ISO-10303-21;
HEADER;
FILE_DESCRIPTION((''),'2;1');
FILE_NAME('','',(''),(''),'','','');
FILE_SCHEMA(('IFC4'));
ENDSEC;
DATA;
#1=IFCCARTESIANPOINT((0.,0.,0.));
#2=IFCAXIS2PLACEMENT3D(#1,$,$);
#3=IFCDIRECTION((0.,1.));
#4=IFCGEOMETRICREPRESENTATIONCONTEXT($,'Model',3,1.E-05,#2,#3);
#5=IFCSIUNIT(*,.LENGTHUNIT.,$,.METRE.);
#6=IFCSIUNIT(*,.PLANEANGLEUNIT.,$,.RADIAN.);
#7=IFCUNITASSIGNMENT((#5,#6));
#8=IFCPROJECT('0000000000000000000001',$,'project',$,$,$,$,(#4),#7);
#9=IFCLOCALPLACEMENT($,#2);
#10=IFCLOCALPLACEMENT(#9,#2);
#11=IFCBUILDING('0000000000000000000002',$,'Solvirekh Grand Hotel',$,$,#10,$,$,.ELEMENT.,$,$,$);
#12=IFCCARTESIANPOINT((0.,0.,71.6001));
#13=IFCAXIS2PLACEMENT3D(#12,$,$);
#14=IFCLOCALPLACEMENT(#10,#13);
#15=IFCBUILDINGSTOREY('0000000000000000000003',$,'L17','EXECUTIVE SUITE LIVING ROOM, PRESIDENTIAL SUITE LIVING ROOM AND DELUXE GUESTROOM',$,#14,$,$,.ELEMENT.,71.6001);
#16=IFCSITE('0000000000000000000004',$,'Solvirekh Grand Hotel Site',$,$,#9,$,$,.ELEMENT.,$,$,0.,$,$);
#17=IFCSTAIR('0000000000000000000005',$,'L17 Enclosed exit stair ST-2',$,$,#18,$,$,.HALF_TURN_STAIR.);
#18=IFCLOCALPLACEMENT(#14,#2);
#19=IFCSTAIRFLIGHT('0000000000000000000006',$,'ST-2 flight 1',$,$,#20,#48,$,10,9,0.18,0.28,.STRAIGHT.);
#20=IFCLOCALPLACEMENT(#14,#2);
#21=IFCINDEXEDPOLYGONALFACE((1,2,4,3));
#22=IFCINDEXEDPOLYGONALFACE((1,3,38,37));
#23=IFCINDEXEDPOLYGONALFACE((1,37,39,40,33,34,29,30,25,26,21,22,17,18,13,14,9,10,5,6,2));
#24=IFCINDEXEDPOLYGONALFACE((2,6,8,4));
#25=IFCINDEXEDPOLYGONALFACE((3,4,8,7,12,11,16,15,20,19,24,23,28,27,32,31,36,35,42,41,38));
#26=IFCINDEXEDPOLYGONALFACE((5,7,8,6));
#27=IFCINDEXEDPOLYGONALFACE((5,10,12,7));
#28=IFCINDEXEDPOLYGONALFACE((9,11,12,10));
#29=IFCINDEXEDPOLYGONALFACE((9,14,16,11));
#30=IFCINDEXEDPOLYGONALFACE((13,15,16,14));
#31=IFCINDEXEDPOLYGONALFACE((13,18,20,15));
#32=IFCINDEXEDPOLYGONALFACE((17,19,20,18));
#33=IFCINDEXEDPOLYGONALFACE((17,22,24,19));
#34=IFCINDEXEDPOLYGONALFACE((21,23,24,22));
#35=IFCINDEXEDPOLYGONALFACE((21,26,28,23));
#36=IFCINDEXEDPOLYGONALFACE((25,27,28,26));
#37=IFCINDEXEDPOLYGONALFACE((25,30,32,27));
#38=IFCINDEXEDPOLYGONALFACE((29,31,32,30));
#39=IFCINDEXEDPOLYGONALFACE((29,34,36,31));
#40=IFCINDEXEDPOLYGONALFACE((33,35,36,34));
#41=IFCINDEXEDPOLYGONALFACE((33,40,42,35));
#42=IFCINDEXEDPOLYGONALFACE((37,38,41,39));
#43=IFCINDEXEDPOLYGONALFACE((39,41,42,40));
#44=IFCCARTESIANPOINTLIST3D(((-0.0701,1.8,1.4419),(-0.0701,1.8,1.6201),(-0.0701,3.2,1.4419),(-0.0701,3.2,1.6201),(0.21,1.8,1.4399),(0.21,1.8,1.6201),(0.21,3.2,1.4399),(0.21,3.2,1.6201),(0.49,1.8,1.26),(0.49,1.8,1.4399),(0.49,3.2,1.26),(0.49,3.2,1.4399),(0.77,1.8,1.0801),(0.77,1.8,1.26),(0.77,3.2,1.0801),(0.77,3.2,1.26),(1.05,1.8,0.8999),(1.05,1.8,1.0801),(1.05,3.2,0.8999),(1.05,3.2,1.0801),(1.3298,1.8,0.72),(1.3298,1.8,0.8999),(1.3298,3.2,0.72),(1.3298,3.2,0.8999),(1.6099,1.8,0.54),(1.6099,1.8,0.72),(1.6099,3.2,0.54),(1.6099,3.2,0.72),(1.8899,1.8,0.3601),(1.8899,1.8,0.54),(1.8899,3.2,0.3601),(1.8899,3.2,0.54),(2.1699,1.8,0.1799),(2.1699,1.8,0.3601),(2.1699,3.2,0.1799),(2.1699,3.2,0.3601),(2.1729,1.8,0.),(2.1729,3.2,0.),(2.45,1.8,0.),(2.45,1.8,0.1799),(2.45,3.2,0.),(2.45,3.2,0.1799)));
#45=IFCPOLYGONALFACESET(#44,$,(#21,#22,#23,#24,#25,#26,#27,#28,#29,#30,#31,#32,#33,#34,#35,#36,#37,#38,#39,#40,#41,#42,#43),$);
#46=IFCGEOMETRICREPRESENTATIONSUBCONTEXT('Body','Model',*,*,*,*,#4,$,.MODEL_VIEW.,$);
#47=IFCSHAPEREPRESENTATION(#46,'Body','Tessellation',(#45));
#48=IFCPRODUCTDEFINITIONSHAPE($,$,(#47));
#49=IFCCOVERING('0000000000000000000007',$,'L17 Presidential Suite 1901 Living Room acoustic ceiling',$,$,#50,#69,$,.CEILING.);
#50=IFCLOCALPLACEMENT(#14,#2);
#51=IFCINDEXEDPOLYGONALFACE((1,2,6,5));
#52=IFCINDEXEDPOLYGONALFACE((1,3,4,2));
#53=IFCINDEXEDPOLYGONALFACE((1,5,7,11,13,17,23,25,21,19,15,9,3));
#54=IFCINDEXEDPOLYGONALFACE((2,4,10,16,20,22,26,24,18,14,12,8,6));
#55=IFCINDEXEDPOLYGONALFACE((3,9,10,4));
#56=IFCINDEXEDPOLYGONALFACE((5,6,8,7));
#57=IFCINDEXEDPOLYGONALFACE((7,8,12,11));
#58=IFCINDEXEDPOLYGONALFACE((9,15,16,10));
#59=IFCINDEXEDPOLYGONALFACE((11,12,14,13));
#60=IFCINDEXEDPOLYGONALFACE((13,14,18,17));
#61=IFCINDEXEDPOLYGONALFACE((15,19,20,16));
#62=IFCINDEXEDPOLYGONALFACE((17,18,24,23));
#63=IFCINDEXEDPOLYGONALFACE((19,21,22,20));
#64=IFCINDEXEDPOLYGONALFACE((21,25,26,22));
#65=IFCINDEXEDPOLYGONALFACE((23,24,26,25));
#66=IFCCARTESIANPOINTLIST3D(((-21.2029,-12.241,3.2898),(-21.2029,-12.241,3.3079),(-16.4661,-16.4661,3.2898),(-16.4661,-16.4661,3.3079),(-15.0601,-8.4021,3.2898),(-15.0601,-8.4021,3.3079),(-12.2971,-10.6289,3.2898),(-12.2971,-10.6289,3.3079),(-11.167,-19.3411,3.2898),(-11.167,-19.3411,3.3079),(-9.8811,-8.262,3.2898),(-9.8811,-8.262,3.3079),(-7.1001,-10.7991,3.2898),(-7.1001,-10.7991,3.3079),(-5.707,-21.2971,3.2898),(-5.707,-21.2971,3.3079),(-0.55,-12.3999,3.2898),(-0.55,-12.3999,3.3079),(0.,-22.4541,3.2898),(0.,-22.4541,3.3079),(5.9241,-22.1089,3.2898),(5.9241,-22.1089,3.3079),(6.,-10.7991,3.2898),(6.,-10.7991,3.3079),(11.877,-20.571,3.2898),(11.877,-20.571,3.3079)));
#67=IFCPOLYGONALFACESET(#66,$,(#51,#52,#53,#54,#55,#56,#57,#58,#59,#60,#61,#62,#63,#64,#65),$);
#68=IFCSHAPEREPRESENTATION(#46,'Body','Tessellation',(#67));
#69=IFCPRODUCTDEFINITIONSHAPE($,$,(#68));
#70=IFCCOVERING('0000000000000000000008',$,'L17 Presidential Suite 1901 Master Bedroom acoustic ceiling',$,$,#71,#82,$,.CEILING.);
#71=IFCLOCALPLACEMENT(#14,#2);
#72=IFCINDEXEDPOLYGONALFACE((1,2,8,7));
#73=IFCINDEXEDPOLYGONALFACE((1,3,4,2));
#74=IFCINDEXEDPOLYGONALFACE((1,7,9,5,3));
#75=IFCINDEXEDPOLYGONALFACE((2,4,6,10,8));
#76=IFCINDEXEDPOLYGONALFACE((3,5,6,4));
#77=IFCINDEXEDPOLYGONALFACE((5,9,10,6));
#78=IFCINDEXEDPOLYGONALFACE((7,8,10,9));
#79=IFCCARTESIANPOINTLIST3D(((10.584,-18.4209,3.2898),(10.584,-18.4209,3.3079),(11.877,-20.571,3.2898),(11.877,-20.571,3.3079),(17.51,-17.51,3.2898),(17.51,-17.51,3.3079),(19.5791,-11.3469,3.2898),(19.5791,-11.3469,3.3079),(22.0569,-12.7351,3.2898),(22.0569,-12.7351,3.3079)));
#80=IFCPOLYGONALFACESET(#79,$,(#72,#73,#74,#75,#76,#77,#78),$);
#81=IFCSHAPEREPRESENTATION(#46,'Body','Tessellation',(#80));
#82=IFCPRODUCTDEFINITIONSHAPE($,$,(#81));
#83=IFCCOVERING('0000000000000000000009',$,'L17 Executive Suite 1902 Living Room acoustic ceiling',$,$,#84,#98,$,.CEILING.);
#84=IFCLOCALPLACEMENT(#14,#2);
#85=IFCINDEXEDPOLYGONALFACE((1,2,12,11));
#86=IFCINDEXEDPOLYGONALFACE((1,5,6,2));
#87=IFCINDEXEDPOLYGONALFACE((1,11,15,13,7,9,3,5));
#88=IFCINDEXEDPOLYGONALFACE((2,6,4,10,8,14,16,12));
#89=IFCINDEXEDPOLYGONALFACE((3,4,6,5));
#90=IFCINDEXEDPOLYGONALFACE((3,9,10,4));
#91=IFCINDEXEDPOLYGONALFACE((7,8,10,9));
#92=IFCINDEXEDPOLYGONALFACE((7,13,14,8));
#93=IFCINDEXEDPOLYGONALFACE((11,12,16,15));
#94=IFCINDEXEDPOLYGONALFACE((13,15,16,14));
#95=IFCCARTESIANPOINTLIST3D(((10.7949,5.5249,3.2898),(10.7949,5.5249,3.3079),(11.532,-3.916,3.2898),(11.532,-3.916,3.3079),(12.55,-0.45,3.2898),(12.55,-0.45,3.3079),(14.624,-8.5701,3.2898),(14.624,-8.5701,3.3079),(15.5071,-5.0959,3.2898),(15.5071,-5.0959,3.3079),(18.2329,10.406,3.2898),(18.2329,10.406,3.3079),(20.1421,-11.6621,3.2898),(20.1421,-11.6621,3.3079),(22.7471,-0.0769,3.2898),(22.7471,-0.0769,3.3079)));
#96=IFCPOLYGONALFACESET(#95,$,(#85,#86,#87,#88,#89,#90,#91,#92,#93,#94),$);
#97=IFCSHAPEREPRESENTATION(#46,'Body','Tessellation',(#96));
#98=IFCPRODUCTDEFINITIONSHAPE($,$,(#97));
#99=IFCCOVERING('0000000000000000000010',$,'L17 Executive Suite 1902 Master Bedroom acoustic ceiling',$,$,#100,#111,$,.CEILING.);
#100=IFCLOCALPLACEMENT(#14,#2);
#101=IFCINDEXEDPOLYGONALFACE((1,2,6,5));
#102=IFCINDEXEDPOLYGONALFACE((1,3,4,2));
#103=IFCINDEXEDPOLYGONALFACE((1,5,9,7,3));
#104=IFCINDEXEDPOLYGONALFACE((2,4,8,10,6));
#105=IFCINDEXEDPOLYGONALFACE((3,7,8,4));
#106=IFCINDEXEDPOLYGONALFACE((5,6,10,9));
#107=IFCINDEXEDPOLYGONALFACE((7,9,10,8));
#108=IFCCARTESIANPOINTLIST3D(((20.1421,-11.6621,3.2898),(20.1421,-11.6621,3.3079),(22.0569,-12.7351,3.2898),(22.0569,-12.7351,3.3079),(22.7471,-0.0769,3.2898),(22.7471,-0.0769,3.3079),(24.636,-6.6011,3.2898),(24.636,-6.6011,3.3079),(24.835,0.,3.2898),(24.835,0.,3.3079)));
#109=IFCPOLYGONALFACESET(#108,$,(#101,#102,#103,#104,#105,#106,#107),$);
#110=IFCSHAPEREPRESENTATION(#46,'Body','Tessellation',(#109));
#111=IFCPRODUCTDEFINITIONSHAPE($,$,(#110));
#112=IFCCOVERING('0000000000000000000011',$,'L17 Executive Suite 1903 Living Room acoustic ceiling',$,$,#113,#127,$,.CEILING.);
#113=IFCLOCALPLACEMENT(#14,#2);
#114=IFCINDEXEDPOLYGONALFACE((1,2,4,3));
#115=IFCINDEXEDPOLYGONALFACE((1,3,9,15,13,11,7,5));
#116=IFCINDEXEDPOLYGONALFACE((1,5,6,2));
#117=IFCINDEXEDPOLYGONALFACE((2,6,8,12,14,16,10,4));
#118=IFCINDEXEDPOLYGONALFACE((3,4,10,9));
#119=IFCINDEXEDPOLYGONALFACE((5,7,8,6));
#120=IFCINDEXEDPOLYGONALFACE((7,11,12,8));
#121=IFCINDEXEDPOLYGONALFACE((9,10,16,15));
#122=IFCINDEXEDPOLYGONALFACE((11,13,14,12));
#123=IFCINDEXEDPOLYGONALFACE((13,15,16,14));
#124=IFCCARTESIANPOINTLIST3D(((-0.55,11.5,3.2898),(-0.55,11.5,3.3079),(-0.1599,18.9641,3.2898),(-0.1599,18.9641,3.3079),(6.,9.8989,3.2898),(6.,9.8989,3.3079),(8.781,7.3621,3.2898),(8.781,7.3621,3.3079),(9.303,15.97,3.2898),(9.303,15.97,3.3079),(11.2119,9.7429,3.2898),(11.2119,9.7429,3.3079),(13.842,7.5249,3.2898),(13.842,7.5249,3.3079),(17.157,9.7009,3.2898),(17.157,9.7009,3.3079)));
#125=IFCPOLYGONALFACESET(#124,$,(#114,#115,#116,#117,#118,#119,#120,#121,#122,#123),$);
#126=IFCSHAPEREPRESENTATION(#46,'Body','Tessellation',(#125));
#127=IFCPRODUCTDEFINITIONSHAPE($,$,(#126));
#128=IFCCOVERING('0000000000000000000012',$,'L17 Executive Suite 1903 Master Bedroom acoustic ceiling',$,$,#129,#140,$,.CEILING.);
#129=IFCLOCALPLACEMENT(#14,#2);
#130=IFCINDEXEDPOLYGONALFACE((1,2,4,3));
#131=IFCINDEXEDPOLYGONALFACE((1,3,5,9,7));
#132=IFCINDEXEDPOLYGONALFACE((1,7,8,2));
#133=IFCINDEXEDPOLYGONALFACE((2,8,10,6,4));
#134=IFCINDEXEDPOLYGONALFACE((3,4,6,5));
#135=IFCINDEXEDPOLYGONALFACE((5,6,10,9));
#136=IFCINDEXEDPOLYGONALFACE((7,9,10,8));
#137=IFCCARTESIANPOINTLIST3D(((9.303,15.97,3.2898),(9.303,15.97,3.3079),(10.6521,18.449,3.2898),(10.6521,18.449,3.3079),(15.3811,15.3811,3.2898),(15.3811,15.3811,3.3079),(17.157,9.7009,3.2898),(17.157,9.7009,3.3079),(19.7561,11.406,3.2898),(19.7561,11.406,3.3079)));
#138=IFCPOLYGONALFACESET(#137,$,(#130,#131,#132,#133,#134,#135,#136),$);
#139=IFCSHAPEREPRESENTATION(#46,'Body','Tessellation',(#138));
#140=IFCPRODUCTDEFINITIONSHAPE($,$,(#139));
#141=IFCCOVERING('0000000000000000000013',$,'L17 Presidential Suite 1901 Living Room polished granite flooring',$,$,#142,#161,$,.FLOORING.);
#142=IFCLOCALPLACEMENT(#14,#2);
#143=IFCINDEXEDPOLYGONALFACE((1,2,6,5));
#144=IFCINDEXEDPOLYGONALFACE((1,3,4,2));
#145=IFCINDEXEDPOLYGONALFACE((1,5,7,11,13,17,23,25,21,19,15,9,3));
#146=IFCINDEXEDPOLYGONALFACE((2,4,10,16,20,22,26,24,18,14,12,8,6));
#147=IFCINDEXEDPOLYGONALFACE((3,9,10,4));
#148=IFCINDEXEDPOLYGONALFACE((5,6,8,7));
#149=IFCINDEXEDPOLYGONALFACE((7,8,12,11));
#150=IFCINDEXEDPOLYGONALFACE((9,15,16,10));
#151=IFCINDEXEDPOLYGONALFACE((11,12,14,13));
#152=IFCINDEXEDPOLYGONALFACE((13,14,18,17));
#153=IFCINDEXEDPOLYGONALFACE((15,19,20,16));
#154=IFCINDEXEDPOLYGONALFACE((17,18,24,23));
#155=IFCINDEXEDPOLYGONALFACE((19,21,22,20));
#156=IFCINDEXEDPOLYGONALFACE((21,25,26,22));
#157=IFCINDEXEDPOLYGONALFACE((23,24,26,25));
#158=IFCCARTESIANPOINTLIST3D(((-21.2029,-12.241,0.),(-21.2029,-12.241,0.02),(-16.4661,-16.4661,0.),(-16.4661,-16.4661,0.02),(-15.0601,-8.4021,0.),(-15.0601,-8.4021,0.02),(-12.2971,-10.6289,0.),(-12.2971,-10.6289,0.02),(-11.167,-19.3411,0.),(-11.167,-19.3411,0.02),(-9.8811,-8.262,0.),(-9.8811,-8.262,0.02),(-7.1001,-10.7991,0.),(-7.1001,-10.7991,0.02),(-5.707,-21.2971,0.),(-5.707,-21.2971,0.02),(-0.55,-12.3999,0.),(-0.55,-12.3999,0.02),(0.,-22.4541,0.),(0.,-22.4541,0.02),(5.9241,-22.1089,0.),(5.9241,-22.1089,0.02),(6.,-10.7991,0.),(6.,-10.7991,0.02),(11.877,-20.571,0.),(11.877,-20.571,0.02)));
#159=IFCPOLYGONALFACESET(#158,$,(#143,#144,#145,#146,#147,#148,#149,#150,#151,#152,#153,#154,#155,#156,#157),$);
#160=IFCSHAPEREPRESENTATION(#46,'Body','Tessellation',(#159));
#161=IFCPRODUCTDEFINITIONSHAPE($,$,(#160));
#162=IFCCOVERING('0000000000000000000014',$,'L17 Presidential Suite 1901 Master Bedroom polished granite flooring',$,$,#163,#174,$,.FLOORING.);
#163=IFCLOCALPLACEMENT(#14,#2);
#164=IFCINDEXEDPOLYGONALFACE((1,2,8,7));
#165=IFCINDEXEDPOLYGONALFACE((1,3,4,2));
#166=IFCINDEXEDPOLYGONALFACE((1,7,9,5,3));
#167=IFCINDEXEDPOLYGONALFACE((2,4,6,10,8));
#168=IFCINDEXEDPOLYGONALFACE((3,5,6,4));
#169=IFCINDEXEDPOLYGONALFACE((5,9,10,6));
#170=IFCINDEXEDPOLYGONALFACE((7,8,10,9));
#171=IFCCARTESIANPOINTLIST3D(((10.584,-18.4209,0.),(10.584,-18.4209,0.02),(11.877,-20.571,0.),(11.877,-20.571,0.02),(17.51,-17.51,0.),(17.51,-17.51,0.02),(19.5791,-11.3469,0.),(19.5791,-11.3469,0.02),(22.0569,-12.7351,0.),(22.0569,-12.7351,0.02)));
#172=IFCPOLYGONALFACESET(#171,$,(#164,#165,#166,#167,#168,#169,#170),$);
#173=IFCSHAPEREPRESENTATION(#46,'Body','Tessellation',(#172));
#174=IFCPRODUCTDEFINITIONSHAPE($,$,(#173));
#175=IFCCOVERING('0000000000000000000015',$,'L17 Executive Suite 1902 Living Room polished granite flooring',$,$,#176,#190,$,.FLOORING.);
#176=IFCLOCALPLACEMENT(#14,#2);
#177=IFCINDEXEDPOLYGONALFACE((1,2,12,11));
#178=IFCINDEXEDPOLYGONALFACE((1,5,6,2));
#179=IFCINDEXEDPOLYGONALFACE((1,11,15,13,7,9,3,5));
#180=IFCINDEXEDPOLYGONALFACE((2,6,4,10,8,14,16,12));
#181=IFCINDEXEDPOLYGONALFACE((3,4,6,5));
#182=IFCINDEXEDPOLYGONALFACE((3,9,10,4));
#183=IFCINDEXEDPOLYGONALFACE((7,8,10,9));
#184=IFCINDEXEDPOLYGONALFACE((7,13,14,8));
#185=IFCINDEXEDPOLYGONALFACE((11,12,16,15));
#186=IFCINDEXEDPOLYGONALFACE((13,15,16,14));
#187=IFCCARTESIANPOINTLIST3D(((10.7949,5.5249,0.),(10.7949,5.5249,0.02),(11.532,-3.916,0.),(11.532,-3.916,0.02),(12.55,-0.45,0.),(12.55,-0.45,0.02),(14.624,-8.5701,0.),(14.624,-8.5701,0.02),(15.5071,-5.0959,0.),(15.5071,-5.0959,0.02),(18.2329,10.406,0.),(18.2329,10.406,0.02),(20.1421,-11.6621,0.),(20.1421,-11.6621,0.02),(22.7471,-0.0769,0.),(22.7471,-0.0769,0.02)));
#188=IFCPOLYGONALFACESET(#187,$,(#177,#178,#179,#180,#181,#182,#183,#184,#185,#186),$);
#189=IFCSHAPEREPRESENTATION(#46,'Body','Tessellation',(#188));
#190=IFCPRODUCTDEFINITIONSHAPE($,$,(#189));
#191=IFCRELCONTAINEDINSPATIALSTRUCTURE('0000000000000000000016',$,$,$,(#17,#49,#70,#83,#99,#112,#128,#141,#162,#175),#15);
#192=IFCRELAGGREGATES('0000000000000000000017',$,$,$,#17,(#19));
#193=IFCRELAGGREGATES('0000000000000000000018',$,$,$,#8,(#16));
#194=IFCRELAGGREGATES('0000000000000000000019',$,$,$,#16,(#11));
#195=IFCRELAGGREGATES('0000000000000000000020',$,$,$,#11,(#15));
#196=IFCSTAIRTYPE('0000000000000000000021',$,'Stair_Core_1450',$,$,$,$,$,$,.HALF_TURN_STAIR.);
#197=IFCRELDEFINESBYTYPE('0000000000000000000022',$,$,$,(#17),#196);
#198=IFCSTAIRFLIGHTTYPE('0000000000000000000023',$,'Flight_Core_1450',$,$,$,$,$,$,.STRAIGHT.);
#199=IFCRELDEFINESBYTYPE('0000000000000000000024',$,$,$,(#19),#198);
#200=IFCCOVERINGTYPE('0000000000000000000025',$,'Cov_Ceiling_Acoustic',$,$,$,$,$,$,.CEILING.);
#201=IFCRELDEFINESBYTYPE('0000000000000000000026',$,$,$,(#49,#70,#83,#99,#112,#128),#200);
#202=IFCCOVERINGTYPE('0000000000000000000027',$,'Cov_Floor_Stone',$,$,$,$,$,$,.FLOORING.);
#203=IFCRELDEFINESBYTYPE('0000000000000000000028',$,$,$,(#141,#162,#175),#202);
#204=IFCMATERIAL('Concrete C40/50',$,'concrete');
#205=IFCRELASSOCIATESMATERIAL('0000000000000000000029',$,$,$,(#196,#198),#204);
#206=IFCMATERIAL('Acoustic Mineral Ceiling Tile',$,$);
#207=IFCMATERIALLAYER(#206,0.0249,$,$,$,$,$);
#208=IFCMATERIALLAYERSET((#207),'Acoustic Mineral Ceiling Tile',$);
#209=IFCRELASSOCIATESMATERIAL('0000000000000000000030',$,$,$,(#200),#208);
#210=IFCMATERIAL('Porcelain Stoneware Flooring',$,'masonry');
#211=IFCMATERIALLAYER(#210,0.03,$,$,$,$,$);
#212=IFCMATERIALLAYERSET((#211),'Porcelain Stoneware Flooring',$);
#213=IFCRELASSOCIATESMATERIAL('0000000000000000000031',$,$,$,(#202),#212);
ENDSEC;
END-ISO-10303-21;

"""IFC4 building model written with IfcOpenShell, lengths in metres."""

from ifc_helpers import new_model, si_unit, direction, frame, origin, place, context, subcontext, project, spatial, polyline, outline, extrude, material, layer, layer_set, type_object, element, aggregate, save


model = new_model("IFC4")

# Units and contexts
model_context = context("Model", 3, precision=1e-05, world=origin(), true_north=direction((0.0, 1.0)))
body_context = subcontext(model_context, "Body", "Model", "MODEL_VIEW")
ifc_project = project(units=[si_unit("LENGTHUNIT", "METRE"), si_unit("PLANEANGLEUNIT", "RADIAN")], contexts=[model_context])

# Site, building, storey
site_placement = place(None, origin())
site = spatial("IfcSite", under=ifc_project, at=site_placement, Name="Solvirekh Grand Hotel Site", CompositionType="ELEMENT", RefElevation=0.0)
building_placement = place(site_placement, origin())
building = spatial("IfcBuilding", under=site, at=building_placement, Name="Solvirekh Grand Hotel", CompositionType="ELEMENT")
storey_placement = place(building_placement, frame((0.0, 0.0, 71.6001)))
storey = spatial("IfcBuildingStorey", under=building, at=storey_placement, Name="L17", Description="EXECUTIVE SUITE LIVING ROOM, PRESIDENTIAL SUITE LIVING ROOM AND DELUXE GUESTROOM", CompositionType="ELEMENT", Elevation=71.6001)

# Stair
ifc_material_1 = material(Name="Concrete C40/50", Category="concrete")
stair_type = type_object("IfcStairType", Name="Stair_Core_1450", PredefinedType="HALF_TURN_STAIR", material=ifc_material_1)
stair_placement = place(storey_placement, origin())
stair = element("IfcStair", 1, at=stair_placement, inside=storey, type_object=stair_type, Name="L17 Enclosed exit stair ST-2", PredefinedType="HALF_TURN_STAIR")

# Stair flight
stair_flight_type = type_object("IfcStairFlightType", Name="Flight_Core_1450", PredefinedType="STRAIGHT", material=ifc_material_1)
stair_flight_placement = place(storey_placement, frame((2.45, 2.5, 0.0), z_axis=(0.0, 0.0, 1.0), x_axis=(-1.0, 0.0, 0.0)))
stair_flight = element("IfcStairFlight", 2, at=stair_flight_placement, type_object=stair_flight_type, Name="ST-2 flight 1", NumberOfRisers=10, NumberOfTreads=9, PredefinedType="STRAIGHT", RiserHeight=0.18, TreadLength=0.28, context=body_context, shape_type="SweptSolid", body=[
    extrude(outline(polyline([(0.0, 0.0), (0.0, 0.1799), (0.28, 0.1799), (0.28, 0.3601), (0.5601, 0.3601), (0.5601, 0.54), (0.8401, 0.54), (0.8401, 0.72), (1.1201, 0.72), (1.1201, 0.8999), (1.3999, 0.8999), (1.3999, 1.0801), (1.6799, 1.0801), (1.6799, 1.26), (1.96, 1.26), (1.96, 1.4399), (2.24, 1.4399), (2.24, 1.6201), (2.52, 1.6201), (2.52, 1.8), (2.52, 1.4419), (0.2771, 0.0), (0.0, 0.0)])), frame((0.0, 0.7, 0.0), z_axis=(0.0, -1.0, 0.0), x_axis=(1.0, 0.0, 0.0)), (0.0, 0.0, 1.0), 1.3999),
])
aggregate(stair, [stair_flight])

# Coverings
ifc_material_2 = material(Name="Acoustic Mineral Ceiling Tile")
ifc_layer_1 = layer(ifc_material_2, 0.0249)
ifc_layer_set_1 = layer_set([ifc_layer_1], Name="Acoustic Mineral Ceiling Tile")
covering_type_1 = type_object("IfcCoveringType", Name="Cov_Ceiling_Acoustic", PredefinedType="CEILING", material=ifc_layer_set_1)
covering_1_placement = place(storey_placement, frame((0.0, 0.0, 3.2898)))
element("IfcCovering", 3, at=covering_1_placement, inside=storey, type_object=covering_type_1, Name="L17 Presidential Suite 1901 Living Room acoustic ceiling", PredefinedType="CEILING", context=body_context, shape_type="SweptSolid", body=[
    extrude(outline(polyline([(-12.2971, -10.6289), (-15.0601, -8.4021), (-21.2029, -12.241), (-16.4661, -16.4661), (-11.167, -19.3411), (-5.707, -21.2971), (0.0, -22.4541), (5.9241, -22.1089), (11.877, -20.571), (6.0, -10.7991), (-0.55, -12.3999), (-7.1001, -10.7991), (-9.8811, -8.262), (-12.2971, -10.6289)])), origin(), (0.0, 0.0, 1.0), 0.0181),
])
covering_2_placement = place(storey_placement, frame((0.0, 0.0, 3.2898)))
element("IfcCovering", 4, at=covering_2_placement, inside=storey, type_object=covering_type_1, Name="L17 Presidential Suite 1901 Master Bedroom acoustic ceiling", PredefinedType="CEILING", context=body_context, shape_type="SweptSolid", body=[
    extrude(outline(polyline([(11.877, -20.571), (17.51, -17.51), (22.0569, -12.7351), (19.5791, -11.3469), (10.584, -18.4209), (11.877, -20.571)])), origin(), (0.0, 0.0, 1.0), 0.0181),
])
covering_3_placement = place(storey_placement, frame((0.0, 0.0, 3.2898)))
element("IfcCovering", 5, at=covering_3_placement, inside=storey, type_object=covering_type_1, Name="L17 Executive Suite 1902 Living Room acoustic ceiling", PredefinedType="CEILING", context=body_context, shape_type="SweptSolid", body=[
    extrude(outline(polyline([(15.5071, -5.0959), (14.624, -8.5701), (20.1421, -11.6621), (22.7471, -0.0769), (18.2329, 10.406), (10.7949, 5.5249), (12.55, -0.45), (11.532, -3.916), (15.5071, -5.0959)])), origin(), (0.0, 0.0, 1.0), 0.0181),
])
covering_4_placement = place(storey_placement, frame((0.0, 0.0, 3.2898)))
element("IfcCovering", 6, at=covering_4_placement, inside=storey, type_object=covering_type_1, Name="L17 Executive Suite 1902 Master Bedroom acoustic ceiling", PredefinedType="CEILING", context=body_context, shape_type="SweptSolid", body=[
    extrude(outline(polyline([(22.0569, -12.7351), (24.636, -6.6011), (24.835, 0.0), (22.7471, -0.0769), (20.1421, -11.6621), (22.0569, -12.7351)])), origin(), (0.0, 0.0, 1.0), 0.0181),
])
covering_5_placement = place(storey_placement, frame((0.0, 0.0, 3.2898)))
element("IfcCovering", 7, at=covering_5_placement, inside=storey, type_object=covering_type_1, Name="L17 Executive Suite 1903 Living Room acoustic ceiling", PredefinedType="CEILING", context=body_context, shape_type="SweptSolid", body=[
    extrude(outline(polyline([(11.2119, 9.7429), (13.842, 7.5249), (17.157, 9.7009), (9.303, 15.97), (-0.1599, 18.9641), (-0.55, 11.5), (6.0, 9.8989), (8.781, 7.3621), (11.2119, 9.7429)])), origin(), (0.0, 0.0, 1.0), 0.0181),
])
covering_6_placement = place(storey_placement, frame((0.0, 0.0, 3.2898)))
element("IfcCovering", 8, at=covering_6_placement, inside=storey, type_object=covering_type_1, Name="L17 Executive Suite 1903 Master Bedroom acoustic ceiling", PredefinedType="CEILING", context=body_context, shape_type="SweptSolid", body=[
    extrude(outline(polyline([(19.7561, 11.406), (15.3811, 15.3811), (10.6521, 18.449), (9.303, 15.97), (17.157, 9.7009), (19.7561, 11.406)])), origin(), (0.0, 0.0, 1.0), 0.0181),
])
ifc_material_3 = material(Name="Porcelain Stoneware Flooring", Category="masonry")
ifc_layer_2 = layer(ifc_material_3, 0.03)
ifc_layer_set_2 = layer_set([ifc_layer_2], Name="Porcelain Stoneware Flooring")
covering_type_2 = type_object("IfcCoveringType", Name="Cov_Floor_Stone", PredefinedType="FLOORING", material=ifc_layer_set_2)
covering_7_placement = place(storey_placement, origin())
element("IfcCovering", 9, at=covering_7_placement, inside=storey, type_object=covering_type_2, Name="L17 Presidential Suite 1901 Living Room polished granite flooring", PredefinedType="FLOORING", context=body_context, shape_type="SweptSolid", body=[
    extrude(outline(polyline([(-12.2971, -10.6289), (-15.0601, -8.4021), (-21.2029, -12.241), (-16.4661, -16.4661), (-11.167, -19.3411), (-5.707, -21.2971), (0.0, -22.4541), (5.9241, -22.1089), (11.877, -20.571), (6.0, -10.7991), (-0.55, -12.3999), (-7.1001, -10.7991), (-9.8811, -8.262), (-12.2971, -10.6289)])), origin(), (0.0, 0.0, 1.0), 0.02),
])
covering_8_placement = place(storey_placement, origin())
element("IfcCovering", 10, at=covering_8_placement, inside=storey, type_object=covering_type_2, Name="L17 Presidential Suite 1901 Master Bedroom polished granite flooring", PredefinedType="FLOORING", context=body_context, shape_type="SweptSolid", body=[
    extrude(outline(polyline([(11.877, -20.571), (17.51, -17.51), (22.0569, -12.7351), (19.5791, -11.3469), (10.584, -18.4209), (11.877, -20.571)])), origin(), (0.0, 0.0, 1.0), 0.02),
])
covering_9_placement = place(storey_placement, origin())
element("IfcCovering", 11, at=covering_9_placement, inside=storey, type_object=covering_type_2, Name="L17 Executive Suite 1902 Living Room polished granite flooring", PredefinedType="FLOORING", context=body_context, shape_type="SweptSolid", body=[
    extrude(outline(polyline([(15.5071, -5.0959), (14.624, -8.5701), (20.1421, -11.6621), (22.7471, -0.0769), (18.2329, 10.406), (10.7949, 5.5249), (12.55, -0.45), (11.532, -3.916), (15.5071, -5.0959)])), origin(), (0.0, 0.0, 1.0), 0.02),
])

save(model, "model.ifc")
